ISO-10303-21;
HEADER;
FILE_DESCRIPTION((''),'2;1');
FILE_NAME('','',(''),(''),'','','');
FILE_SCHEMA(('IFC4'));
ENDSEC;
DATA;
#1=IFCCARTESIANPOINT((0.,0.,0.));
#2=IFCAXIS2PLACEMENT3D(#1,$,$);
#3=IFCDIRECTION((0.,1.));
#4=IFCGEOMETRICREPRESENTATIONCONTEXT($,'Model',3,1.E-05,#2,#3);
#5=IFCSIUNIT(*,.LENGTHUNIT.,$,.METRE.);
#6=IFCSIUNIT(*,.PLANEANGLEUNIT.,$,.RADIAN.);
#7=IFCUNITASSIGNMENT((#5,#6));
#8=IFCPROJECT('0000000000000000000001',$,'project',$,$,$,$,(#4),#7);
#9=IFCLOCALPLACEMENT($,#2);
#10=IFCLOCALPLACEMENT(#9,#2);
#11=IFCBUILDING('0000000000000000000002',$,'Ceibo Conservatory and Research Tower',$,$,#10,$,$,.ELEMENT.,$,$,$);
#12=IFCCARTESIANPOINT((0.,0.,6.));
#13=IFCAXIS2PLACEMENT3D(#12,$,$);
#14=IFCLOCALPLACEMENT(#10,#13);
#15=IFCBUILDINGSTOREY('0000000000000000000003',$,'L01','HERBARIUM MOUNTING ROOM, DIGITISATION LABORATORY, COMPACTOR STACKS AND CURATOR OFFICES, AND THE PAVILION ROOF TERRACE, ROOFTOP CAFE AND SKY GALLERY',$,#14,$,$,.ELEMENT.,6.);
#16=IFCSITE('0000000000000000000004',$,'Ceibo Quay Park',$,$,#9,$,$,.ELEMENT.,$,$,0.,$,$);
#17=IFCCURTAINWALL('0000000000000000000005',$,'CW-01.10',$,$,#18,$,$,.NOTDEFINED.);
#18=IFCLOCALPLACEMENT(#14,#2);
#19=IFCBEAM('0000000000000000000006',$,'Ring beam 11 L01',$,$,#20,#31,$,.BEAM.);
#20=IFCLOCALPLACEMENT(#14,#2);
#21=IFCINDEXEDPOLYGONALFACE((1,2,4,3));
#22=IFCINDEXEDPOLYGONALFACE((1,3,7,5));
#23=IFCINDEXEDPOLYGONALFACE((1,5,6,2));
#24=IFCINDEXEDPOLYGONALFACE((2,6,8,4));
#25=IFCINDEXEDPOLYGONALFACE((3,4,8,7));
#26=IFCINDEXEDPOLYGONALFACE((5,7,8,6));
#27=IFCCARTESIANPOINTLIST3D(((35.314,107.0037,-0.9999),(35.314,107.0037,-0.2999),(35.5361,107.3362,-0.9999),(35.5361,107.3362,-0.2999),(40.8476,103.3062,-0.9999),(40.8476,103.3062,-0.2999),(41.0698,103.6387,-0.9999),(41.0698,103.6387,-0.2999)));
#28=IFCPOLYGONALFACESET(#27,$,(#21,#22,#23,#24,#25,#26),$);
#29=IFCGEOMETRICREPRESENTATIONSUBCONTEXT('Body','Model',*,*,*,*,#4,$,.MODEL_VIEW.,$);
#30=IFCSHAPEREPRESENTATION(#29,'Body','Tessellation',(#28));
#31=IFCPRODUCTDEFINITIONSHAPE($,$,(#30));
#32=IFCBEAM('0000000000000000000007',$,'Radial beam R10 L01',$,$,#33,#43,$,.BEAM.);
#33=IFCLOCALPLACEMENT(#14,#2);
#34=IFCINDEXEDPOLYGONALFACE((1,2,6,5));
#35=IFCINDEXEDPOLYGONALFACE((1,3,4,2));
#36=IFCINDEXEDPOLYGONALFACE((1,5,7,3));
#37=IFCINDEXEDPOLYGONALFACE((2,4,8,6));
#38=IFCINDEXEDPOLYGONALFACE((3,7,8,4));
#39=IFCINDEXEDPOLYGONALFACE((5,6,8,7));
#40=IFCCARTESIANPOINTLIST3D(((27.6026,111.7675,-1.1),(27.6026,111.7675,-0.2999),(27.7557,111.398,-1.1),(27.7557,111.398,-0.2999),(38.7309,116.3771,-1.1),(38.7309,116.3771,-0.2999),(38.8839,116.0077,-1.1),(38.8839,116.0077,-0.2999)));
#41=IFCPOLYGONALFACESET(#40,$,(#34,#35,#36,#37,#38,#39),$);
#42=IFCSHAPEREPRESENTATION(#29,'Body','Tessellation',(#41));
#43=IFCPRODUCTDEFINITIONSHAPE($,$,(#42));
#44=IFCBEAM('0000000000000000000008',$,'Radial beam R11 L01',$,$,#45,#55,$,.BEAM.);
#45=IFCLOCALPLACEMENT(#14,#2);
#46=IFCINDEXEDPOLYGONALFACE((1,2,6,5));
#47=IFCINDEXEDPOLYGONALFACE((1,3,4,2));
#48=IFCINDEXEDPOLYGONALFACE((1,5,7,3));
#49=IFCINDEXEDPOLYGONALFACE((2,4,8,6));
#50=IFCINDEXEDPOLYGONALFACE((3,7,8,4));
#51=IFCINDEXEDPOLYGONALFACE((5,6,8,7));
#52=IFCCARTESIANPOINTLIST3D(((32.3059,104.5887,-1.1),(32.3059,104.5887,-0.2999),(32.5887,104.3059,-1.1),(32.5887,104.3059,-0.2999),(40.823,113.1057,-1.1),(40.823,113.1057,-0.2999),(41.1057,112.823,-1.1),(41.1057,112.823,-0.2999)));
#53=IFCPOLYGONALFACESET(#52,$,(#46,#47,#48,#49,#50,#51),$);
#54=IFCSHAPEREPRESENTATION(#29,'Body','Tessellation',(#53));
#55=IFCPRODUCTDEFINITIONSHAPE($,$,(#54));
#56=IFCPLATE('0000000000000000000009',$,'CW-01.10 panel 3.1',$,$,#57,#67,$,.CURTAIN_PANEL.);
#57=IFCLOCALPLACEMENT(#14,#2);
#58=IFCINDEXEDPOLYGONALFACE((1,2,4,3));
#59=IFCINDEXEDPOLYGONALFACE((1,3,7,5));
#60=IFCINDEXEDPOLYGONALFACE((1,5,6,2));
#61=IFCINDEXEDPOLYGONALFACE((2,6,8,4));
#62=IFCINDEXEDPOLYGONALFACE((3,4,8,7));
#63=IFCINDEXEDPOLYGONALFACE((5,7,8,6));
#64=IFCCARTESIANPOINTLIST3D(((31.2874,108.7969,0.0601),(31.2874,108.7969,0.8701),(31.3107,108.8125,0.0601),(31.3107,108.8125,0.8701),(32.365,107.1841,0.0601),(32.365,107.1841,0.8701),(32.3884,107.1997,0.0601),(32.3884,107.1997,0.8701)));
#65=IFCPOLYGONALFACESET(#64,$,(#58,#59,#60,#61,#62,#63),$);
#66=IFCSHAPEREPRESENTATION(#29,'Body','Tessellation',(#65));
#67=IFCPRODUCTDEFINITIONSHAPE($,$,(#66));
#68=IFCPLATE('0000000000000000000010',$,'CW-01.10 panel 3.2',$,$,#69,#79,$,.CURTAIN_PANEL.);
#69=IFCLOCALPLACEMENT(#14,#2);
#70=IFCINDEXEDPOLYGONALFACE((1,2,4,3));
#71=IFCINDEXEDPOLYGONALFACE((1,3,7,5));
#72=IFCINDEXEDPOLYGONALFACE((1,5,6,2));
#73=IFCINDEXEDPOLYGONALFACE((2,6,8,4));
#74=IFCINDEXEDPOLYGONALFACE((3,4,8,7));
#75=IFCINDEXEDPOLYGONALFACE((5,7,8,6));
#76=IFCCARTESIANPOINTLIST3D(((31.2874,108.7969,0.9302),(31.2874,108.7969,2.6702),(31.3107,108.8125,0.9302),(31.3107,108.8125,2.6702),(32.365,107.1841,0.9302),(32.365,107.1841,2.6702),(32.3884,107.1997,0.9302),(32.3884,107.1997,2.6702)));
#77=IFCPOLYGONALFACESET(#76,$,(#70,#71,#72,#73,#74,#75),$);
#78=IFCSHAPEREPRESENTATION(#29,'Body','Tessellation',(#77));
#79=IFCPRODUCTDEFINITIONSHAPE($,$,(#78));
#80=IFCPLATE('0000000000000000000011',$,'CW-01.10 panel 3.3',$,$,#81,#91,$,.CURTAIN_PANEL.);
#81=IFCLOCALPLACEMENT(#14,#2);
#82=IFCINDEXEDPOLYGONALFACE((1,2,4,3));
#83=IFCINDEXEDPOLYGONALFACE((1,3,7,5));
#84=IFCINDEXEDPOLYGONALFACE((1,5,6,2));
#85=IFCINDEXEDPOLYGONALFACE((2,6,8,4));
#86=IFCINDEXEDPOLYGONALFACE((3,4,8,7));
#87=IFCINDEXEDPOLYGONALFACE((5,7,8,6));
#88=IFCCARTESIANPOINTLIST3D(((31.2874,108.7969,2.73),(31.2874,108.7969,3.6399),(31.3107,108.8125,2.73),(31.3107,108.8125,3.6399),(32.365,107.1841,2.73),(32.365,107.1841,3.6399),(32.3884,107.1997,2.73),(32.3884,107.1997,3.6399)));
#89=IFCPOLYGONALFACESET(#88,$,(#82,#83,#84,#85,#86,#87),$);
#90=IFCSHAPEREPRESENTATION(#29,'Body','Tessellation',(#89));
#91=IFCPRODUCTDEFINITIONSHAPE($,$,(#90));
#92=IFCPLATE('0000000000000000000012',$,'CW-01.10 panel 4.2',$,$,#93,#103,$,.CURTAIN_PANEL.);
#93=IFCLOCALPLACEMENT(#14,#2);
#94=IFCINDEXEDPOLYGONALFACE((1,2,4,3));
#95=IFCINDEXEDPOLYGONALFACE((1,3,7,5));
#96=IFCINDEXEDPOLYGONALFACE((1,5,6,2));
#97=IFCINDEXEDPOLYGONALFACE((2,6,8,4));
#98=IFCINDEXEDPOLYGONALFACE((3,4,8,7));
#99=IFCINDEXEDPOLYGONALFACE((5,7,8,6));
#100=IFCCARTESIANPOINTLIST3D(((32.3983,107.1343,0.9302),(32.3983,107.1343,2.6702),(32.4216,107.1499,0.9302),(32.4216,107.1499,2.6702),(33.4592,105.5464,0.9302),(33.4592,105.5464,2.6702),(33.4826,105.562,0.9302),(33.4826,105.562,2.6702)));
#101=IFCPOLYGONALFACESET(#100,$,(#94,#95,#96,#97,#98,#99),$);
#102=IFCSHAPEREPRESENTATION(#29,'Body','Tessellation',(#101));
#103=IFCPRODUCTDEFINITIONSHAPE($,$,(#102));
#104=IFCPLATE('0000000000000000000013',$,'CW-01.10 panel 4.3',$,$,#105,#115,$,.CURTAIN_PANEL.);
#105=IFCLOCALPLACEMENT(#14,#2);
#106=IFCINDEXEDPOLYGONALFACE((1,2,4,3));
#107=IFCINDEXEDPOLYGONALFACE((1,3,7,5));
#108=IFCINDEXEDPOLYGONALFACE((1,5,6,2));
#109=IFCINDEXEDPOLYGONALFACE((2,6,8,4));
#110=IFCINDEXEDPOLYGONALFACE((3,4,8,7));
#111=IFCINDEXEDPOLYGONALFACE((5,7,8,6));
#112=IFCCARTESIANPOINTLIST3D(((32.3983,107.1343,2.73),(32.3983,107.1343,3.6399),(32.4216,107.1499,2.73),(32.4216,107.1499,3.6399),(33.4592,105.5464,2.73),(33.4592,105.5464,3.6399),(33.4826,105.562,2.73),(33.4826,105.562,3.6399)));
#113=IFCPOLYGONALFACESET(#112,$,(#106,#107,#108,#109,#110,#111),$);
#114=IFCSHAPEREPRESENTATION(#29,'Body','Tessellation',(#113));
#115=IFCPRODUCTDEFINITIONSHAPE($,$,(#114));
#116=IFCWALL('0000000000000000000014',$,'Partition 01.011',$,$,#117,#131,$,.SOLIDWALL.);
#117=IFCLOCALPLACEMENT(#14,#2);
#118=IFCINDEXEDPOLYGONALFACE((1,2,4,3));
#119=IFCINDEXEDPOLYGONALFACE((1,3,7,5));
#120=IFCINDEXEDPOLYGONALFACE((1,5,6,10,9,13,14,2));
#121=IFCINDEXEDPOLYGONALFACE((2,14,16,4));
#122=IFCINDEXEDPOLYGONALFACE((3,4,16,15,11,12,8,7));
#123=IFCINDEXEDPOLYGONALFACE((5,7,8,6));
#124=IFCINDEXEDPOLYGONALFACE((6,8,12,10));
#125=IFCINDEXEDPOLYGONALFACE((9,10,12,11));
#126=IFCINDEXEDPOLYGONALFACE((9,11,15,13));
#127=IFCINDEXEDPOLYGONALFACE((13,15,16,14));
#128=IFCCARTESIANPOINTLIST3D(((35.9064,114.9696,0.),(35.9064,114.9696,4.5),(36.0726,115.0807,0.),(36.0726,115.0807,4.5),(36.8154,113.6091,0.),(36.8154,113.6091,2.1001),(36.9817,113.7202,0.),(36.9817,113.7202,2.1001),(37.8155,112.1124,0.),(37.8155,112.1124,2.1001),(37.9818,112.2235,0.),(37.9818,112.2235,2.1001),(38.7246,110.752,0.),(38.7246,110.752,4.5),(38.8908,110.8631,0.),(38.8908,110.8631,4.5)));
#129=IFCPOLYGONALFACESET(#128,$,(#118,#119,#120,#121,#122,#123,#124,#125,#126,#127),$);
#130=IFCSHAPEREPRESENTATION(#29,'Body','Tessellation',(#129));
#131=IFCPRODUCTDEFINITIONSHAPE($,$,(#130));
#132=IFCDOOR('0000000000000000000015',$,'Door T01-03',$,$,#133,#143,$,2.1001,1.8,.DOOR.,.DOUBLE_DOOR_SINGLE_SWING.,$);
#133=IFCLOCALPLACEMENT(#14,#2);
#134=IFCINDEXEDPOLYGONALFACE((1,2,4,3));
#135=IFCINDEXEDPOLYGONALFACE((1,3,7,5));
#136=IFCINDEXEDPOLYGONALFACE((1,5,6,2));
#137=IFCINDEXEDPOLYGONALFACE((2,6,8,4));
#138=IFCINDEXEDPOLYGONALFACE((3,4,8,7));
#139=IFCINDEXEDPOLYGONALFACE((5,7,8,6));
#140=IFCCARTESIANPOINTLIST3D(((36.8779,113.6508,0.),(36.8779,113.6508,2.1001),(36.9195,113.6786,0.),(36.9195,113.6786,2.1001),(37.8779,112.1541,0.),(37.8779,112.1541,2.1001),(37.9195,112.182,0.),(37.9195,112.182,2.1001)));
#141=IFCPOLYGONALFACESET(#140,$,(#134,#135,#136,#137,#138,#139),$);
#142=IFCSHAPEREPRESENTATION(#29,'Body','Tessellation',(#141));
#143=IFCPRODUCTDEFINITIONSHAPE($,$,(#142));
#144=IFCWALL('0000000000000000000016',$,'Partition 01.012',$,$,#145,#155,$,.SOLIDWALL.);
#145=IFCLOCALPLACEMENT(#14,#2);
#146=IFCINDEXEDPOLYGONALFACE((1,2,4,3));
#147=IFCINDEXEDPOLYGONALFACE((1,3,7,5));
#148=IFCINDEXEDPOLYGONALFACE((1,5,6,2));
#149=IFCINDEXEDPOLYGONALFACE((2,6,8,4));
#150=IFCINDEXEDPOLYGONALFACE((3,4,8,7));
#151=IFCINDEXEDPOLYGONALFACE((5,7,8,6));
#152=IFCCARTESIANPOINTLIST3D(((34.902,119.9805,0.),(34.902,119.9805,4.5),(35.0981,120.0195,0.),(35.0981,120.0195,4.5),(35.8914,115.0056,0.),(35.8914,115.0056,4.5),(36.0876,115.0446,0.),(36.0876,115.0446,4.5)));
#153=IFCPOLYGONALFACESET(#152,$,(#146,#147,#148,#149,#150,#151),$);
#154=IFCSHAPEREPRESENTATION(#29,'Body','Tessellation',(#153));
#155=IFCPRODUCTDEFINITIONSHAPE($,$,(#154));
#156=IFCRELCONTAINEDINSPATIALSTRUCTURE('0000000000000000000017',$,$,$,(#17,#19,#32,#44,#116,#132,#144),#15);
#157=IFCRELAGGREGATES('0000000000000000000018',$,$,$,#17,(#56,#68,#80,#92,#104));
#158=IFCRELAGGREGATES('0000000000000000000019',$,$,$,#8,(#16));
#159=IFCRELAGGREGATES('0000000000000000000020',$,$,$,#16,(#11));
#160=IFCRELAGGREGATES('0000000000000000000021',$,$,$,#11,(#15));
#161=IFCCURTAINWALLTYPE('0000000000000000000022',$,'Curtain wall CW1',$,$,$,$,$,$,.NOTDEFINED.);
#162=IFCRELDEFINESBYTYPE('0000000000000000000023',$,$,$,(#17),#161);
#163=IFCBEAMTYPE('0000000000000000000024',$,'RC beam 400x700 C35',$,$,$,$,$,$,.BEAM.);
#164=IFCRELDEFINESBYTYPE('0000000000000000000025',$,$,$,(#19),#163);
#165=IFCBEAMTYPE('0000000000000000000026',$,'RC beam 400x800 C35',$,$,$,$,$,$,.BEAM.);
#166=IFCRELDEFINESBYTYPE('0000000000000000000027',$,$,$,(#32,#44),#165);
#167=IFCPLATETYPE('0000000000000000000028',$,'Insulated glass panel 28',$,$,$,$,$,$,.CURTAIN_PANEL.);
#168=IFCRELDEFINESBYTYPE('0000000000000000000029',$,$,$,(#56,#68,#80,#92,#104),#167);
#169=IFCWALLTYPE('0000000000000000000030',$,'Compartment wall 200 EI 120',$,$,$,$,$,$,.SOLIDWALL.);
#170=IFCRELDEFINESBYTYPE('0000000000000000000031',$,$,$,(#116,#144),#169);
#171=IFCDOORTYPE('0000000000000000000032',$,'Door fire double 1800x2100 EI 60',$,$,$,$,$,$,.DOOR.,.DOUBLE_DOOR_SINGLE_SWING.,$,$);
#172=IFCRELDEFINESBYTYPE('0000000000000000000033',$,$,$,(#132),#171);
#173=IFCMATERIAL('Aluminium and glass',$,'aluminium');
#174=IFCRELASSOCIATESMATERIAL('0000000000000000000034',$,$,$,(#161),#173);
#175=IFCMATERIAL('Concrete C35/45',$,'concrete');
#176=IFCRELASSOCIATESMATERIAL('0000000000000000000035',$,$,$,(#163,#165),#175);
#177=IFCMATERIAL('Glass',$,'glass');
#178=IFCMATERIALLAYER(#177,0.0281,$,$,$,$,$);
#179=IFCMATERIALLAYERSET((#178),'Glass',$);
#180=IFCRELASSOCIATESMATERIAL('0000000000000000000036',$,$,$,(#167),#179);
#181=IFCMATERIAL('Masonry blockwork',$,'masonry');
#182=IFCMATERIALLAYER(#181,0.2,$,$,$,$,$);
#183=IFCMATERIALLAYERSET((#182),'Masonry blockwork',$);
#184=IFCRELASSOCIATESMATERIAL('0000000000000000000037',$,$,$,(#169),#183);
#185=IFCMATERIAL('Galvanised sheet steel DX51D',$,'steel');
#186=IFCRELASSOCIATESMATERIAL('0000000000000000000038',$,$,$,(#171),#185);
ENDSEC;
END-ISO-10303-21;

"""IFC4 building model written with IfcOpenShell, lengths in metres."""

from ifc_helpers import new_model, si_unit, direction, frame, frame_2d, origin, origin_2d, place, context, subcontext, project, spatial, rectangle, extrude, material, layer, layer_set, material_profile, profile_set, type_object, element, fill, aggregate, save


model = new_model("IFC4")

# Units and contexts
model_context = context("Model", 3, precision=1e-05, world=origin(), true_north=direction((0.0, 1.0)))
body_context = subcontext(model_context, "Body", "Model", "MODEL_VIEW")
ifc_project = project(units=[si_unit("LENGTHUNIT", "METRE"), si_unit("PLANEANGLEUNIT", "RADIAN")], contexts=[model_context])

# Site, building, storey
site_placement = place(None, origin())
site = spatial("IfcSite", under=ifc_project, at=site_placement, Name="Ceibo Quay Park", CompositionType="ELEMENT", RefElevation=0.0)
building_placement = place(site_placement, origin())
building = spatial("IfcBuilding", under=site, at=building_placement, Name="Ceibo Conservatory and Research Tower", CompositionType="ELEMENT")
storey_placement = place(building_placement, frame((0.0, 0.0, 6.0)))
storey = spatial("IfcBuildingStorey", under=building, at=storey_placement, Name="L01", Description="HERBARIUM MOUNTING ROOM, DIGITISATION LABORATORY, COMPACTOR STACKS AND CURATOR OFFICES, AND THE PAVILION ROOF TERRACE, ROOFTOP CAFE AND SKY GALLERY", CompositionType="ELEMENT", Elevation=6.0)

# Curtain wall
ifc_material_1 = material(Name="Aluminium and glass", Category="aluminium")
curtain_wall_type = type_object("IfcCurtainWallType", Name="Curtain wall CW1", PredefinedType="NOTDEFINED", material=ifc_material_1)
curtain_wall_placement = place(storey_placement, origin())
curtain_wall = element("IfcCurtainWall", 1, at=curtain_wall_placement, inside=storey, type_object=curtain_wall_type, Name="CW-01.10", PredefinedType="NOTDEFINED")

# Beams
ifc_material_2 = material(Name="Concrete C35/45", Category="concrete")
ifc_material_profile_1 = material_profile(ifc_material_2, rectangle(XDim=0.3999, YDim=0.7, at=origin_2d()), Name="RC 400x700")
ifc_profile_set_1 = profile_set([ifc_material_profile_1], Name="Concrete C35/45")
beam_type_1 = type_object("IfcBeamType", Name="RC beam 400x700 C35", PredefinedType="BEAM", material=ifc_profile_set_1)
for number, where, z_axis, x_axis, name in (
    (2, (35.425, 107.1699, -0.6499), (0.831469, -0.555572, 0.0), (0.555572, 0.831469, 0.0), "Ring beam 11 L01"),
):
    element("IfcBeam", number, at=place(storey_placement, frame(where, z_axis=z_axis, x_axis=x_axis)), inside=storey, type_object=beam_type_1, Name=name, PredefinedType="BEAM", context=body_context, shape_type="SweptSolid", body=[
        extrude(rectangle(XDim=0.3999, YDim=0.7, at=origin_2d()), origin(), (0.0, 0.0, 1.0), 6.6553),
    ])
ifc_material_profile_2 = material_profile(ifc_material_2, rectangle(XDim=0.3999, YDim=0.8, at=origin_2d()), Name="RC 400x800")
ifc_profile_set_2 = profile_set([ifc_material_profile_2], Name="Concrete C35/45")
beam_type_2 = type_object("IfcBeamType", Name="RC beam 400x800 C35", PredefinedType="BEAM", material=ifc_profile_set_2)
beam_1_placement = place(storey_placement, frame((38.8074, 116.1924, -0.7), z_axis=(-0.923874, -0.382696, 0.0), x_axis=(0.382696, -0.923874, 0.0)))
element("IfcBeam", 3, at=beam_1_placement, inside=storey, type_object=beam_type_2, Name="Radial beam R10 L01", PredefinedType="BEAM", context=body_context, shape_type="SweptSolid", body=[
    extrude(rectangle(XDim=0.3999, YDim=0.8, at=origin_2d()), origin(), (0.0, 0.0, 1.0), 12.0452),
])
beam_2_placement = place(storey_placement, frame((40.9644, 112.9644, -0.7), z_axis=(-0.707107, -0.707107, 0.0), x_axis=(0.707107, -0.707107, 0.0)))
element("IfcBeam", 4, at=beam_2_placement, inside=storey, type_object=beam_type_2, Name="Radial beam R11 L01", PredefinedType="BEAM", context=body_context, shape_type="SweptSolid", body=[
    extrude(rectangle(XDim=0.3999, YDim=0.8, at=origin_2d()), origin(), (0.0, 0.0, 1.0), 12.0449),
])

# Plates
ifc_material_3 = material(Name="Glass", Category="glass")
ifc_layer_1 = layer(ifc_material_3, 0.0281)
ifc_layer_set_1 = layer_set([ifc_layer_1], Name="Glass")
plate_type = type_object("IfcPlateType", Name="Insulated glass panel 28", PredefinedType="CURTAIN_PANEL", material=ifc_layer_set_1)
plate_1_placement = place(storey_placement, frame((31.8379, 107.9983, 0.0601), z_axis=(0.0, 0.0, 1.0), x_axis=(0.55557, -0.83147, 0.0)))
plate_1 = element("IfcPlate", 5, at=plate_1_placement, type_object=plate_type, Name="CW-01.10 panel 3.1", PredefinedType="CURTAIN_PANEL", context=body_context, shape_type="SweptSolid", body=[
    extrude(rectangle(XDim=1.9397, YDim=0.0281, at=origin_2d()), origin(), (0.0, 0.0, 1.0), 0.8101),
])
plate_2_placement = place(storey_placement, frame((31.8379, 107.9983, 0.9302), z_axis=(0.0, 0.0, 1.0), x_axis=(0.55557, -0.83147, 0.0)))
plate_2 = element("IfcPlate", 6, at=plate_2_placement, type_object=plate_type, Name="CW-01.10 panel 3.2", PredefinedType="CURTAIN_PANEL", context=body_context, shape_type="SweptSolid", body=[
    extrude(rectangle(XDim=1.9397, YDim=0.0281, at=origin_2d()), origin(), (0.0, 0.0, 1.0), 1.74),
])
plate_3_placement = place(storey_placement, frame((31.8379, 107.9983, 2.73), z_axis=(0.0, 0.0, 1.0), x_axis=(0.55557, -0.83147, 0.0)))
plate_3 = element("IfcPlate", 7, at=plate_3_placement, type_object=plate_type, Name="CW-01.10 panel 3.3", PredefinedType="CURTAIN_PANEL", context=body_context, shape_type="SweptSolid", body=[
    extrude(rectangle(XDim=1.9397, YDim=0.0281, at=origin_2d()), origin(), (0.0, 0.0, 1.0), 0.9099),
])
plate_4_placement = place(storey_placement, frame((32.9404, 106.3481, 0.9302), z_axis=(0.0, 0.0, 1.0), x_axis=(0.55557, -0.83147, 0.0)))
plate_4 = element("IfcPlate", 8, at=plate_4_placement, type_object=plate_type, Name="CW-01.10 panel 4.2", PredefinedType="CURTAIN_PANEL", context=body_context, shape_type="SweptSolid", body=[
    extrude(rectangle(XDim=1.9097, YDim=0.0281, at=origin_2d()), origin(), (0.0, 0.0, 1.0), 1.74),
])
plate_5_placement = place(storey_placement, frame((32.9404, 106.3481, 2.73), z_axis=(0.0, 0.0, 1.0), x_axis=(0.55557, -0.83147, 0.0)))
plate_5 = element("IfcPlate", 9, at=plate_5_placement, type_object=plate_type, Name="CW-01.10 panel 4.3", PredefinedType="CURTAIN_PANEL", context=body_context, shape_type="SweptSolid", body=[
    extrude(rectangle(XDim=1.9097, YDim=0.0281, at=origin_2d()), origin(), (0.0, 0.0, 1.0), 0.9099),
])
aggregate(curtain_wall, [plate_1, plate_2, plate_3, plate_4, plate_5])

# Wall, opening, door
ifc_material_4 = material(Name="Masonry blockwork", Category="masonry")
ifc_layer_2 = layer(ifc_material_4, 0.2)
ifc_layer_set_2 = layer_set([ifc_layer_2], Name="Masonry blockwork")
wall_type_1 = type_object("IfcWallType", Name="Compartment wall 200 EI 120", PredefinedType="SOLIDWALL", material=ifc_layer_set_2)
wall_1_placement = place(storey_placement, frame((38.8076, 110.8076, 0.0), z_axis=(0.0, 0.0, 1.0), x_axis=(-0.555577, 0.831465, 0.0)))
wall_1 = element("IfcWall", 10, at=wall_1_placement, inside=storey, type_object=wall_type_1, Name="Partition 01.011", PredefinedType="SOLIDWALL", context=body_context, shape_type="SweptSolid", body=[
    extrude(rectangle(XDim=5.0725, YDim=0.2, at=frame_2d((2.5361, 0.0))), origin(), (0.0, 0.0, 1.0), 4.5),
])
opening_1_placement = place(wall_1_placement, frame((1.6362, 0.0, 0.0)))
opening_1 = element("IfcOpeningElement", 11, at=opening_1_placement, cuts=wall_1, PredefinedType="OPENING", context=body_context, shape_type="SweptSolid", body=[
    extrude(rectangle(XDim=1.8, YDim=2.1001, at=frame_2d((0.8999, 1.05))), frame((0.0, 0.1099, 0.0), z_axis=(0.0, -1.0, 0.0), x_axis=(1.0, 0.0, 0.0)), (0.0, 0.0, 1.0), 0.22),
])
ifc_material_5 = material(Name="Galvanised sheet steel DX51D", Category="steel")
door_type_1 = type_object("IfcDoorType", Name="Door fire double 1800x2100 EI 60", OperationType="DOUBLE_DOOR_SINGLE_SWING", PredefinedType="DOOR", material=ifc_material_5)
door_1_placement = place(opening_1_placement, origin())
door_1 = element("IfcDoor", 12, at=door_1_placement, inside=storey, type_object=door_type_1, Name="Door T01-03", OperationType="DOUBLE_DOOR_SINGLE_SWING", OverallHeight=2.1001, OverallWidth=1.8, PredefinedType="DOOR", context=body_context, shape_type="SweptSolid", body=[
    extrude(rectangle(XDim=1.8, YDim=2.1001, at=frame_2d((0.8999, 1.05))), frame((0.0, 0.0249, 0.0), z_axis=(0.0, -1.0, 0.0), x_axis=(1.0, 0.0, 0.0)), (0.0, 0.0, 1.0), 0.05),
])
fill(opening_1, door_1)

# Wall
wall_2_placement = place(storey_placement, frame((35.9895, 115.0251, 0.0), z_axis=(0.0, 0.0, 1.0), x_axis=(-0.195079, 0.980787, 0.0)))
element("IfcWall", 13, at=wall_2_placement, inside=storey, type_object=wall_type_1, Name="Partition 01.012", PredefinedType="SOLIDWALL", context=body_context, shape_type="SweptSolid", body=[
    extrude(rectangle(XDim=5.0723, YDim=0.2, at=frame_2d((2.5361, 0.0))), origin(), (0.0, 0.0, 1.0), 4.5),
])

save(model, "model.ifc")
